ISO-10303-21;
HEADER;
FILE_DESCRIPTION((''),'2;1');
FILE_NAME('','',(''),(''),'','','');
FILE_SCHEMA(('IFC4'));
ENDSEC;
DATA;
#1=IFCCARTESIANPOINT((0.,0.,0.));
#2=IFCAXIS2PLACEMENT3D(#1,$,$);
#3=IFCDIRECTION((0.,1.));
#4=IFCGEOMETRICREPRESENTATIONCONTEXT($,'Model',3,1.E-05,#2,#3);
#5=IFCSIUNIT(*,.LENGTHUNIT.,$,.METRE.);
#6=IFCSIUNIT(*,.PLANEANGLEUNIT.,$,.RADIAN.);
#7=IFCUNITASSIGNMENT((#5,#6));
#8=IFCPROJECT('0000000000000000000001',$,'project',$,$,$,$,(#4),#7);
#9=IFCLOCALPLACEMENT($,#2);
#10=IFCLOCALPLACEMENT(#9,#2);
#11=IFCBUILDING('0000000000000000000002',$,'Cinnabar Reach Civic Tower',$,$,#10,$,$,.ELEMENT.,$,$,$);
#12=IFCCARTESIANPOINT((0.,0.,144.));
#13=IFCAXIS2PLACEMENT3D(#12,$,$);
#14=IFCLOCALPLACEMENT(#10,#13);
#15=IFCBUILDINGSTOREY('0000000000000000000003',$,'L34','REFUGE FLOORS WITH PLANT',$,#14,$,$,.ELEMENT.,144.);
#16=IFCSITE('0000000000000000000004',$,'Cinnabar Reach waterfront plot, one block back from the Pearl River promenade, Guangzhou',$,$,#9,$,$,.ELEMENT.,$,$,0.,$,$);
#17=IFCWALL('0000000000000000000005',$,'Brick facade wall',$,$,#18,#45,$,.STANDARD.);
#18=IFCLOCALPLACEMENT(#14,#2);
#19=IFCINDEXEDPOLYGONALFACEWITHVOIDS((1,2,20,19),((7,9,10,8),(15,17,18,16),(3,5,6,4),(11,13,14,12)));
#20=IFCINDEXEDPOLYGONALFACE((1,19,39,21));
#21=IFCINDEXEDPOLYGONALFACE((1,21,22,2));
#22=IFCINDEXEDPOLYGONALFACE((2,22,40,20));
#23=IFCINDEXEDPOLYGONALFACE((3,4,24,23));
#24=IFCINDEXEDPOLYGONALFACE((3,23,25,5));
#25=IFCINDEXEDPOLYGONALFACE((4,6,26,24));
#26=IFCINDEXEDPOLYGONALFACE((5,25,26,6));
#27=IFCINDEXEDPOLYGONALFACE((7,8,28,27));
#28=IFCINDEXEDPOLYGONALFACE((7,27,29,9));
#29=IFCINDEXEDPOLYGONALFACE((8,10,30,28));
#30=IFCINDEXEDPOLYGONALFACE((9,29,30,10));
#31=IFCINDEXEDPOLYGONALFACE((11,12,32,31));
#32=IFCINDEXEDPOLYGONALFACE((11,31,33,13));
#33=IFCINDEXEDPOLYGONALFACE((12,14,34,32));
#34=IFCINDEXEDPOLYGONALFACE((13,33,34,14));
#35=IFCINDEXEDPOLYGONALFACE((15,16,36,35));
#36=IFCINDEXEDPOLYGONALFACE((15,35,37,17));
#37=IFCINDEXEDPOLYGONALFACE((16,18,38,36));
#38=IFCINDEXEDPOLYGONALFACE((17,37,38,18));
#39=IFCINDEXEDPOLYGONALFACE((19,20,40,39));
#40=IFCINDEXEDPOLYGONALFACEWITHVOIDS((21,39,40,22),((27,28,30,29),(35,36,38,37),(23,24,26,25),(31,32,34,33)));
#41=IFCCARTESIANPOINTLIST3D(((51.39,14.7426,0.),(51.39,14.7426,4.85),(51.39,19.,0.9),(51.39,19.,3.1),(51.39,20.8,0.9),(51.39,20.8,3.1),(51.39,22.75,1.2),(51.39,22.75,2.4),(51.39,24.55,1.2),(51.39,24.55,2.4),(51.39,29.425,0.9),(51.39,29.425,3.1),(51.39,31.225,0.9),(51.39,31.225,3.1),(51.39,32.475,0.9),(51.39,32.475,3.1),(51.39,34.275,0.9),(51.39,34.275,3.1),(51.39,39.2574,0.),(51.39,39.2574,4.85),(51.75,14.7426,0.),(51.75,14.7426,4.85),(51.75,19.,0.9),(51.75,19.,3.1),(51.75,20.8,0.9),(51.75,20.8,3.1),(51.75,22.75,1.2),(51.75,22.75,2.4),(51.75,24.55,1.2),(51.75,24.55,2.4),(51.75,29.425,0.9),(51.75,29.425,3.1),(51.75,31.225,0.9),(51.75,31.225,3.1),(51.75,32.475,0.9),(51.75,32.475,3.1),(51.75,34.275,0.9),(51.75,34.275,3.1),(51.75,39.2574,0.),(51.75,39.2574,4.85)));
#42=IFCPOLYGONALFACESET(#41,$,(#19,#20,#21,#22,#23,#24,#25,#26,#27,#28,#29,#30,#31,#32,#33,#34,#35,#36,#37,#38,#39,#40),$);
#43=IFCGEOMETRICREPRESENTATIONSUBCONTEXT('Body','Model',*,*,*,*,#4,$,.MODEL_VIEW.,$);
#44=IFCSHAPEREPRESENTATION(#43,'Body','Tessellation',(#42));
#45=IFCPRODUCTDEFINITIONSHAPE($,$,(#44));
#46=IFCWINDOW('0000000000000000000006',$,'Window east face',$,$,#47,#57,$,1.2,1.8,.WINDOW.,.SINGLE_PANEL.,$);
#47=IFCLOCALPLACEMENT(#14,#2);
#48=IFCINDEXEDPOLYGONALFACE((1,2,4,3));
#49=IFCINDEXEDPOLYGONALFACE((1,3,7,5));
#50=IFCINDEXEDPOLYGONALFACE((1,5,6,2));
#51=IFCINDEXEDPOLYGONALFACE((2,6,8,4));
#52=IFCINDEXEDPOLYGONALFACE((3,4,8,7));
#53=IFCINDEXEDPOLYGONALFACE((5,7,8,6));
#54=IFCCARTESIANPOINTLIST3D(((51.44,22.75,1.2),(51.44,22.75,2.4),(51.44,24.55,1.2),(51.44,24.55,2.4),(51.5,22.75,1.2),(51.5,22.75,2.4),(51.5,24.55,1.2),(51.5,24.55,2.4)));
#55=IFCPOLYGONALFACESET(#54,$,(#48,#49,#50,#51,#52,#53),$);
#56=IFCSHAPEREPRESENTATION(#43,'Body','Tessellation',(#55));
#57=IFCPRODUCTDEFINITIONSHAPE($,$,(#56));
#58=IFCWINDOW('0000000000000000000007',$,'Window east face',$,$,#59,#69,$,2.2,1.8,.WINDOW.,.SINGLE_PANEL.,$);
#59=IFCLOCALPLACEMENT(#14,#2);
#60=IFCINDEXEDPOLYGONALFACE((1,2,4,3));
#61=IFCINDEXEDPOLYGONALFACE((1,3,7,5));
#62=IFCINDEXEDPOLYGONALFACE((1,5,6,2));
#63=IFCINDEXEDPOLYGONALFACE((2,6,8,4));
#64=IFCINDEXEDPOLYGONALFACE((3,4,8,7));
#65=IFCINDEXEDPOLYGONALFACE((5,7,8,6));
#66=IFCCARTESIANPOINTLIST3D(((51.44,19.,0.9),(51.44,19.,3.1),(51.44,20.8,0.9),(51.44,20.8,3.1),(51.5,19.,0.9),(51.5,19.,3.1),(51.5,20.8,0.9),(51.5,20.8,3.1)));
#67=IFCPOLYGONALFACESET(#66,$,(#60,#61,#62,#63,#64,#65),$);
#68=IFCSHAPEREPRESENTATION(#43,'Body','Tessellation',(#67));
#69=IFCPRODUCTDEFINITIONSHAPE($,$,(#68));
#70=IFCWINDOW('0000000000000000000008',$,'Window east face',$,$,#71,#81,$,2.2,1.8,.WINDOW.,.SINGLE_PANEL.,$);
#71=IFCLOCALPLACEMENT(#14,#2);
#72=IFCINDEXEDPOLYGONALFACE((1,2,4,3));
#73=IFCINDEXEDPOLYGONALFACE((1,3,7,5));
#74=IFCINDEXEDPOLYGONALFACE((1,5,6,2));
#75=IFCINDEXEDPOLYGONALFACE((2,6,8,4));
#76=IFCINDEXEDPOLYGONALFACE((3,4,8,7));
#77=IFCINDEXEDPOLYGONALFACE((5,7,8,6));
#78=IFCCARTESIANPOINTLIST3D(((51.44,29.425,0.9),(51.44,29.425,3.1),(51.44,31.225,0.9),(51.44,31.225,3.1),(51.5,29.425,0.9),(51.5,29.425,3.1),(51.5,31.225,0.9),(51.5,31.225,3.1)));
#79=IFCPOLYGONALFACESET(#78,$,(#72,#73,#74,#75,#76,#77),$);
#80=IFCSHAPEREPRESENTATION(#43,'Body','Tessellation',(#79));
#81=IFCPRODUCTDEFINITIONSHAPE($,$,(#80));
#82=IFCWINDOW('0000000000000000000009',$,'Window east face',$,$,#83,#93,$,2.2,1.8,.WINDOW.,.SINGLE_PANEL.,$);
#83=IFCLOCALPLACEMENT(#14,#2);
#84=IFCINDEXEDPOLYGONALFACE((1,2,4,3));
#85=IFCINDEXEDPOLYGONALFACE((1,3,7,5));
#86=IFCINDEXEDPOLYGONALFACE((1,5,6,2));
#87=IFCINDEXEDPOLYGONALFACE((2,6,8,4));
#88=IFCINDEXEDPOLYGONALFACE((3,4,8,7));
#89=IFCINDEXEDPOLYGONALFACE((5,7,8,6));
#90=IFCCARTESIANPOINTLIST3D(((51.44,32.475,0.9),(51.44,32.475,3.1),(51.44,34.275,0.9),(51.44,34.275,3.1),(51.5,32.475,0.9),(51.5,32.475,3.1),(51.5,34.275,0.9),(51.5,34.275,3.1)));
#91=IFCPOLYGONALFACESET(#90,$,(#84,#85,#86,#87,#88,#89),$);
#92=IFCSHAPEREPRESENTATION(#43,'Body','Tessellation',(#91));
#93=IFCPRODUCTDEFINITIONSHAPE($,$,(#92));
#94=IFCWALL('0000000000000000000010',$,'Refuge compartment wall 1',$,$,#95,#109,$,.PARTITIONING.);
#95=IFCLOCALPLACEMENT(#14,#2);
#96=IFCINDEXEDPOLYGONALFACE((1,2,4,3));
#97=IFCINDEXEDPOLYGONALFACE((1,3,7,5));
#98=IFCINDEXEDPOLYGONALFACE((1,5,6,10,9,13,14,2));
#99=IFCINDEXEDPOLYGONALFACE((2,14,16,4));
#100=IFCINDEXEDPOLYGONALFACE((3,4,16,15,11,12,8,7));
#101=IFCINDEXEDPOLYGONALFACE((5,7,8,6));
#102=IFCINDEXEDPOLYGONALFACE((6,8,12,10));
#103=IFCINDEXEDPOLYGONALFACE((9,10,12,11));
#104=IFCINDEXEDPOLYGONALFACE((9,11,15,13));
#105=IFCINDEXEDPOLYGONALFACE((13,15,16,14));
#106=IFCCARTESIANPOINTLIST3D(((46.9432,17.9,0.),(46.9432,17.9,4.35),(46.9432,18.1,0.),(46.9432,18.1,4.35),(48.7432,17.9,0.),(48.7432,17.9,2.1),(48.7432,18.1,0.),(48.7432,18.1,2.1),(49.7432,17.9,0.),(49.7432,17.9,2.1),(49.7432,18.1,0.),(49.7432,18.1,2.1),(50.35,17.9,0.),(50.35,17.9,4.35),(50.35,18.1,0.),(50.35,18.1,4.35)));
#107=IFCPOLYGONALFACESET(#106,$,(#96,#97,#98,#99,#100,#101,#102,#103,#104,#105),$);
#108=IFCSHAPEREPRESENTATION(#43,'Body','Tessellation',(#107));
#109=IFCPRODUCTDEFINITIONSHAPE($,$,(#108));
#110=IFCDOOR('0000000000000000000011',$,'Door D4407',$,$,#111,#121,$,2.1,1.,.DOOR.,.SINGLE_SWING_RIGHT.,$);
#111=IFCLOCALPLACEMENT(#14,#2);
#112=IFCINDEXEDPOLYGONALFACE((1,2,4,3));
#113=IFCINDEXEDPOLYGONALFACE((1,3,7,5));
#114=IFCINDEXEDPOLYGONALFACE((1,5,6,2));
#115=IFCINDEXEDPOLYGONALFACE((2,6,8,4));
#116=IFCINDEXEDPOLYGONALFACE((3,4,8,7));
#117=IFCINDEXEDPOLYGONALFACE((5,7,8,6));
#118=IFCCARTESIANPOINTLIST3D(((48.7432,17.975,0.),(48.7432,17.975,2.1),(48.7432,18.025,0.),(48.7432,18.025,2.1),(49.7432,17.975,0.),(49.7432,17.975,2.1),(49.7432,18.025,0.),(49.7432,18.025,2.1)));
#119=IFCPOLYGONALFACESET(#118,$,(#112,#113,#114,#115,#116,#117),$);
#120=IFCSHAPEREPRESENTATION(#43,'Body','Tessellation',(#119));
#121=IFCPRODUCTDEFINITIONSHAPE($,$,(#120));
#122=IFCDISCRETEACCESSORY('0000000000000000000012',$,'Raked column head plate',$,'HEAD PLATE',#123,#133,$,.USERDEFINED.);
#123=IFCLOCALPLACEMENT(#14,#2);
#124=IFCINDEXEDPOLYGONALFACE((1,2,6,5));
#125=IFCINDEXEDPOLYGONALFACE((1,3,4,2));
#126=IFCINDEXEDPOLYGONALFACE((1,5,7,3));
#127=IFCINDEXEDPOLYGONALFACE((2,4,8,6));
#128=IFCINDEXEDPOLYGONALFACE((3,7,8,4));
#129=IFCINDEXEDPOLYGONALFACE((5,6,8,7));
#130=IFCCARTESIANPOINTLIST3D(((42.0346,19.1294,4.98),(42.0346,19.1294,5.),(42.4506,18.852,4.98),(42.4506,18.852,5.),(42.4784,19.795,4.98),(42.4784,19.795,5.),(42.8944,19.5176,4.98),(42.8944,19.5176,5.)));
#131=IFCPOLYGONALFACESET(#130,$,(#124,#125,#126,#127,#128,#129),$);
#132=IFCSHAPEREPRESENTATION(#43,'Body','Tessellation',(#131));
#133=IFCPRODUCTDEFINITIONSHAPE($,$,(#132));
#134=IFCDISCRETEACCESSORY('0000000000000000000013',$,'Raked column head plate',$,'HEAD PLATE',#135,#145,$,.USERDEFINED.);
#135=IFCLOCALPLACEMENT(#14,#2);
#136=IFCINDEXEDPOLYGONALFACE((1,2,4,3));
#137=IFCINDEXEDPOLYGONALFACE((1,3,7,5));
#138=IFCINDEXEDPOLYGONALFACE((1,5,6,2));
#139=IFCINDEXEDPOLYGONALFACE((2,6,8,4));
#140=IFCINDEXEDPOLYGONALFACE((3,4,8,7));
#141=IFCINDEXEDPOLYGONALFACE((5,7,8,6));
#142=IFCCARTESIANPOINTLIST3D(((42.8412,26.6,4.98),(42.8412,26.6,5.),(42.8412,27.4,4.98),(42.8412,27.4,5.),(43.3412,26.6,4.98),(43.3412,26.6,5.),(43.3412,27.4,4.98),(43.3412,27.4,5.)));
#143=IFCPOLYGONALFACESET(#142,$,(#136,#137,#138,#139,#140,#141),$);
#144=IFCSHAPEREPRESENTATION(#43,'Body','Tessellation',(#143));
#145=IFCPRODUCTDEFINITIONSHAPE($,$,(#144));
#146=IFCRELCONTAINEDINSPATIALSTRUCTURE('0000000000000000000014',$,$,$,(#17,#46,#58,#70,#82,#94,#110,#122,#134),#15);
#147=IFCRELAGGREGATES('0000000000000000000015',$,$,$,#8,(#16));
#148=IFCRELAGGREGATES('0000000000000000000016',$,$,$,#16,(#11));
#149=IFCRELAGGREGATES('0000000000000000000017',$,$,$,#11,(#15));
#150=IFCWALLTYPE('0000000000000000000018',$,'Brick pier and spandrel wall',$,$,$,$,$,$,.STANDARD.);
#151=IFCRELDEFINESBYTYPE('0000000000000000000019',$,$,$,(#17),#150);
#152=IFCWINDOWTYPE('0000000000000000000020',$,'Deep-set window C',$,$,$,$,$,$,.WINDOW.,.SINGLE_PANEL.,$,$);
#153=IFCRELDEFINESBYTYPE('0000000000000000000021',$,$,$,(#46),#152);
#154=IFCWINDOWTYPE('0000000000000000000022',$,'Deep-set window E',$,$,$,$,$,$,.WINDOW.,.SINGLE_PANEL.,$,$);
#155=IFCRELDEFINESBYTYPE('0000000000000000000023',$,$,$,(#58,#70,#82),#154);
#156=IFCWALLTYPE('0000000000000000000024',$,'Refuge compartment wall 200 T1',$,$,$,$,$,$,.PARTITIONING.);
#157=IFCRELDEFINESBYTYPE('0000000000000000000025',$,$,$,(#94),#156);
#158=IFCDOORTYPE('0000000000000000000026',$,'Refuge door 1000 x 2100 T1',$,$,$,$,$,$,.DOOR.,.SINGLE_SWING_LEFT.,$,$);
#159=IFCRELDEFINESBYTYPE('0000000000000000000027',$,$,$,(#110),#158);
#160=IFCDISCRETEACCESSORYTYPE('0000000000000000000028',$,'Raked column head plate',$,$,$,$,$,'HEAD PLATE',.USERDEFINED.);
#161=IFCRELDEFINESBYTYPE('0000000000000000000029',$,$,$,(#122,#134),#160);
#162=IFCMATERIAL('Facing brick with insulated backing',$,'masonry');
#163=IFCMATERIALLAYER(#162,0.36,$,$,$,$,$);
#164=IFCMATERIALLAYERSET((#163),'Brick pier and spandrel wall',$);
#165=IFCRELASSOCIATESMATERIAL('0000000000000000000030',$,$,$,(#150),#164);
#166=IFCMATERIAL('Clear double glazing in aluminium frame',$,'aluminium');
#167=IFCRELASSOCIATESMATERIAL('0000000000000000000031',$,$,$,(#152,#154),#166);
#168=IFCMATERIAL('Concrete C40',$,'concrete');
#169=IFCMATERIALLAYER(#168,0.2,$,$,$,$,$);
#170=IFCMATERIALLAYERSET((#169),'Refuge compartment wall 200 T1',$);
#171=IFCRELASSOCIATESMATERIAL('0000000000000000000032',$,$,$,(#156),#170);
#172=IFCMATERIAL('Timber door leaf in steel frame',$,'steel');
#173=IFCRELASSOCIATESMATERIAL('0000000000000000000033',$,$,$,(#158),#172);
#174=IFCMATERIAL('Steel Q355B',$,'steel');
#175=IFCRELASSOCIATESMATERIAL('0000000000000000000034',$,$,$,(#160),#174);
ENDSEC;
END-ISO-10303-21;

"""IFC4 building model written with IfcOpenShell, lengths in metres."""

from ifc_helpers import new_model, si_unit, direction, frame, frame_2d, origin, origin_2d, place, context, subcontext, project, spatial, rectangle, extrude, material, layer, layer_set, type_object, element, fill, save


model = new_model("IFC4")

# Units and contexts
model_context = context("Model", 3, precision=1e-05, world=origin(), true_north=direction((0.0, 1.0)))
body_context = subcontext(model_context, "Body", "Model", "MODEL_VIEW")
ifc_project = project(units=[si_unit("LENGTHUNIT", "METRE"), si_unit("PLANEANGLEUNIT", "RADIAN")], contexts=[model_context])

# Site, building, storey
site_placement = place(None, origin())
site = spatial("IfcSite", under=ifc_project, at=site_placement, Name="Cinnabar Reach waterfront plot, one block back from the Pearl River promenade, Guangzhou", CompositionType="ELEMENT", RefElevation=0.0)
building_placement = place(site_placement, origin())
building = spatial("IfcBuilding", under=site, at=building_placement, Name="Cinnabar Reach Civic Tower", CompositionType="ELEMENT")
storey_placement = place(building_placement, frame((0.0, 0.0, 144.0)))
storey = spatial("IfcBuildingStorey", under=building, at=storey_placement, Name="L34", Description="REFUGE FLOORS WITH PLANT", CompositionType="ELEMENT", Elevation=144.0)

# Shared definitions
ifc_material_1 = material(Name="Steel Q355B", Category="steel")

# Wall, openings, windows
ifc_material_2 = material(Name="Facing brick with insulated backing", Category="masonry")
ifc_layer_1 = layer(ifc_material_2, 0.36)
ifc_layer_set_1 = layer_set([ifc_layer_1], Name="Brick pier and spandrel wall")
wall_type_1 = type_object("IfcWallType", Name="Brick pier and spandrel wall", PredefinedType="STANDARD", material=ifc_layer_set_1)
wall_1_placement = place(storey_placement, frame((51.57, 14.7426, 0.0), z_axis=(0.0, 0.0, 1.0), x_axis=(0.0, 1.0, 0.0)))
wall_1 = element("IfcWall", 1, at=wall_1_placement, inside=storey, type_object=wall_type_1, Name="Brick facade wall", PredefinedType="STANDARD", context=body_context, shape_type="SweptSolid", body=[
    extrude(rectangle(XDim=24.5148, YDim=0.36, at=frame_2d((12.2574, 0.0))), origin(), (0.0, 0.0, 1.0), 4.85),
])
opening_1_placement = place(wall_1_placement, frame((4.2574, 0.0, 0.9)))
opening_1 = element("IfcOpeningElement", 2, at=opening_1_placement, cuts=wall_1, PredefinedType="OPENING", context=body_context, shape_type="SweptSolid", body=[
    extrude(rectangle(XDim=1.8, YDim=2.2, at=frame_2d((0.9, 1.1))), frame((0.0, 0.19, 0.0), z_axis=(0.0, -1.0, 0.0), x_axis=(1.0, 0.0, 0.0)), (0.0, 0.0, 1.0), 0.38),
])
opening_2_placement = place(wall_1_placement, frame((8.0074, 0.0, 1.2)))
opening_2 = element("IfcOpeningElement", 3, at=opening_2_placement, cuts=wall_1, PredefinedType="OPENING", context=body_context, shape_type="SweptSolid", body=[
    extrude(rectangle(XDim=1.8, YDim=1.2, at=frame_2d((0.9, 0.6))), frame((0.0, 0.19, 0.0), z_axis=(0.0, -1.0, 0.0), x_axis=(1.0, 0.0, 0.0)), (0.0, 0.0, 1.0), 0.38),
])
opening_3_placement = place(wall_1_placement, frame((14.6824, 0.0, 0.9)))
opening_3 = element("IfcOpeningElement", 4, at=opening_3_placement, cuts=wall_1, PredefinedType="OPENING", context=body_context, shape_type="SweptSolid", body=[
    extrude(rectangle(XDim=1.8, YDim=2.2, at=frame_2d((0.9, 1.1))), frame((0.0, 0.19, 0.0), z_axis=(0.0, -1.0, 0.0), x_axis=(1.0, 0.0, 0.0)), (0.0, 0.0, 1.0), 0.38),
])
opening_4_placement = place(wall_1_placement, frame((17.7324, 0.0, 0.9)))
opening_4 = element("IfcOpeningElement", 5, at=opening_4_placement, cuts=wall_1, PredefinedType="OPENING", context=body_context, shape_type="SweptSolid", body=[
    extrude(rectangle(XDim=1.8, YDim=2.2, at=frame_2d((0.9, 1.1))), frame((0.0, 0.19, 0.0), z_axis=(0.0, -1.0, 0.0), x_axis=(1.0, 0.0, 0.0)), (0.0, 0.0, 1.0), 0.38),
])
ifc_material_3 = material(Name="Clear double glazing in aluminium frame", Category="aluminium")
window_type_1 = type_object("IfcWindowType", Name="Deep-set window C", PartitioningType="SINGLE_PANEL", PredefinedType="WINDOW", material=ifc_material_3)
window_1_placement = place(opening_2_placement, origin())
window_1 = element("IfcWindow", 6, at=window_1_placement, inside=storey, type_object=window_type_1, Name="Window east face", OverallHeight=1.2, OverallWidth=1.8, PartitioningType="SINGLE_PANEL", PredefinedType="WINDOW", context=body_context, shape_type="SweptSolid", body=[
    extrude(rectangle(XDim=1.8, YDim=1.2, at=frame_2d((0.9, 0.6))), frame((0.0, 0.13, 0.0), z_axis=(0.0, -1.0, 0.0), x_axis=(1.0, 0.0, 0.0)), (0.0, 0.0, 1.0), 0.06),
])
fill(opening_2, window_1)
window_type_2 = type_object("IfcWindowType", Name="Deep-set window E", PartitioningType="SINGLE_PANEL", PredefinedType="WINDOW", material=ifc_material_3)
window_2_placement = place(opening_1_placement, origin())
window_2 = element("IfcWindow", 7, at=window_2_placement, inside=storey, type_object=window_type_2, Name="Window east face", OverallHeight=2.2, OverallWidth=1.8, PartitioningType="SINGLE_PANEL", PredefinedType="WINDOW", context=body_context, shape_type="SweptSolid", body=[
    extrude(rectangle(XDim=1.8, YDim=2.2, at=frame_2d((0.9, 1.1))), frame((0.0, 0.13, 0.0), z_axis=(0.0, -1.0, 0.0), x_axis=(1.0, 0.0, 0.0)), (0.0, 0.0, 1.0), 0.06),
])
fill(opening_1, window_2)
window_3_placement = place(opening_3_placement, origin())
window_3 = element("IfcWindow", 8, at=window_3_placement, inside=storey, type_object=window_type_2, Name="Window east face", OverallHeight=2.2, OverallWidth=1.8, PartitioningType="SINGLE_PANEL", PredefinedType="WINDOW", context=body_context, shape_type="SweptSolid", body=[
    extrude(rectangle(XDim=1.8, YDim=2.2, at=frame_2d((0.9, 1.1))), frame((0.0, 0.13, 0.0), z_axis=(0.0, -1.0, 0.0), x_axis=(1.0, 0.0, 0.0)), (0.0, 0.0, 1.0), 0.06),
])
fill(opening_3, window_3)
window_4_placement = place(opening_4_placement, origin())
window_4 = element("IfcWindow", 9, at=window_4_placement, inside=storey, type_object=window_type_2, Name="Window east face", OverallHeight=2.2, OverallWidth=1.8, PartitioningType="SINGLE_PANEL", PredefinedType="WINDOW", context=body_context, shape_type="SweptSolid", body=[
    extrude(rectangle(XDim=1.8, YDim=2.2, at=frame_2d((0.9, 1.1))), frame((0.0, 0.13, 0.0), z_axis=(0.0, -1.0, 0.0), x_axis=(1.0, 0.0, 0.0)), (0.0, 0.0, 1.0), 0.06),
])
fill(opening_4, window_4)

# Wall, opening, door
ifc_material_4 = material(Name="Concrete C40", Category="concrete")
ifc_layer_2 = layer(ifc_material_4, 0.2)
ifc_layer_set_2 = layer_set([ifc_layer_2], Name="Refuge compartment wall 200 T1")
wall_type_2 = type_object("IfcWallType", Name="Refuge compartment wall 200 T1", PredefinedType="PARTITIONING", material=ifc_layer_set_2)
wall_2_placement = place(storey_placement, frame((46.9432, 18.0, 0.0), z_axis=(0.0, 0.0, 1.0), x_axis=(1.0, 0.0, 0.0)))
wall_2 = element("IfcWall", 10, at=wall_2_placement, inside=storey, type_object=wall_type_2, Name="Refuge compartment wall 1", PredefinedType="PARTITIONING", context=body_context, shape_type="SweptSolid", body=[
    extrude(rectangle(XDim=3.4068, YDim=0.2, at=frame_2d((1.7034, 0.0))), origin(), (0.0, 0.0, 1.0), 4.35),
])
opening_5_placement = place(wall_2_placement, frame((1.8, 0.0, 0.0)))
opening_5 = element("IfcOpeningElement", 11, at=opening_5_placement, cuts=wall_2, PredefinedType="OPENING", context=body_context, shape_type="SweptSolid", body=[
    extrude(rectangle(XDim=1.0, YDim=2.1, at=frame_2d((0.5, 1.05))), frame((0.0, 0.11, 0.0), z_axis=(0.0, -1.0, 0.0), x_axis=(1.0, 0.0, 0.0)), (0.0, 0.0, 1.0), 0.22),
])
ifc_material_5 = material(Name="Timber door leaf in steel frame", Category="steel")
door_type = type_object("IfcDoorType", Name="Refuge door 1000 x 2100 T1", OperationType="SINGLE_SWING_LEFT", PredefinedType="DOOR", material=ifc_material_5)
door_placement = place(opening_5_placement, frame((1.0, 0.0, 0.0), z_axis=(0.0, 0.0, 1.0), x_axis=(-1.0, 0.0, 0.0)))
door = element("IfcDoor", 12, at=door_placement, inside=storey, type_object=door_type, Name="Door D4407", OperationType="SINGLE_SWING_RIGHT", OverallHeight=2.1, OverallWidth=1.0, PredefinedType="DOOR", context=body_context, shape_type="SweptSolid", body=[
    extrude(rectangle(XDim=1.0, YDim=2.1, at=frame_2d((0.5, 1.05))), frame((0.0, 0.025, 0.0), z_axis=(0.0, -1.0, 0.0), x_axis=(1.0, 0.0, 0.0)), (0.0, 0.0, 1.0), 0.05),
])
fill(opening_5, door)

# Discrete accessories
discrete_accessory_type = type_object("IfcDiscreteAccessoryType", Name="Raked column head plate", ElementType="HEAD PLATE", PredefinedType="USERDEFINED", material=ifc_material_1)
for number, where, z_axis, x_axis, name in (
    (13, (42.4645, 19.3235, 4.98), (0.0, 0.0, 1.0), (-0.832051, 0.554699, 0.0), "Raked column head plate"),
    (14, (43.0912, 27.0, 4.98), (0.0, 0.0, 1.0), (-1.0, 0.0, 0.0), "Raked column head plate"),
):
    element("IfcDiscreteAccessory", number, at=place(storey_placement, frame(where, z_axis=z_axis, x_axis=x_axis)), inside=storey, type_object=discrete_accessory_type, Name=name, ObjectType="HEAD PLATE", PredefinedType="USERDEFINED", context=body_context, shape_type="SweptSolid", body=[
        extrude(rectangle(XDim=0.5, YDim=0.8, at=origin_2d()), origin(), (0.0, 0.0, 1.0), 0.02),
    ])

save(model, "model.ifc")
